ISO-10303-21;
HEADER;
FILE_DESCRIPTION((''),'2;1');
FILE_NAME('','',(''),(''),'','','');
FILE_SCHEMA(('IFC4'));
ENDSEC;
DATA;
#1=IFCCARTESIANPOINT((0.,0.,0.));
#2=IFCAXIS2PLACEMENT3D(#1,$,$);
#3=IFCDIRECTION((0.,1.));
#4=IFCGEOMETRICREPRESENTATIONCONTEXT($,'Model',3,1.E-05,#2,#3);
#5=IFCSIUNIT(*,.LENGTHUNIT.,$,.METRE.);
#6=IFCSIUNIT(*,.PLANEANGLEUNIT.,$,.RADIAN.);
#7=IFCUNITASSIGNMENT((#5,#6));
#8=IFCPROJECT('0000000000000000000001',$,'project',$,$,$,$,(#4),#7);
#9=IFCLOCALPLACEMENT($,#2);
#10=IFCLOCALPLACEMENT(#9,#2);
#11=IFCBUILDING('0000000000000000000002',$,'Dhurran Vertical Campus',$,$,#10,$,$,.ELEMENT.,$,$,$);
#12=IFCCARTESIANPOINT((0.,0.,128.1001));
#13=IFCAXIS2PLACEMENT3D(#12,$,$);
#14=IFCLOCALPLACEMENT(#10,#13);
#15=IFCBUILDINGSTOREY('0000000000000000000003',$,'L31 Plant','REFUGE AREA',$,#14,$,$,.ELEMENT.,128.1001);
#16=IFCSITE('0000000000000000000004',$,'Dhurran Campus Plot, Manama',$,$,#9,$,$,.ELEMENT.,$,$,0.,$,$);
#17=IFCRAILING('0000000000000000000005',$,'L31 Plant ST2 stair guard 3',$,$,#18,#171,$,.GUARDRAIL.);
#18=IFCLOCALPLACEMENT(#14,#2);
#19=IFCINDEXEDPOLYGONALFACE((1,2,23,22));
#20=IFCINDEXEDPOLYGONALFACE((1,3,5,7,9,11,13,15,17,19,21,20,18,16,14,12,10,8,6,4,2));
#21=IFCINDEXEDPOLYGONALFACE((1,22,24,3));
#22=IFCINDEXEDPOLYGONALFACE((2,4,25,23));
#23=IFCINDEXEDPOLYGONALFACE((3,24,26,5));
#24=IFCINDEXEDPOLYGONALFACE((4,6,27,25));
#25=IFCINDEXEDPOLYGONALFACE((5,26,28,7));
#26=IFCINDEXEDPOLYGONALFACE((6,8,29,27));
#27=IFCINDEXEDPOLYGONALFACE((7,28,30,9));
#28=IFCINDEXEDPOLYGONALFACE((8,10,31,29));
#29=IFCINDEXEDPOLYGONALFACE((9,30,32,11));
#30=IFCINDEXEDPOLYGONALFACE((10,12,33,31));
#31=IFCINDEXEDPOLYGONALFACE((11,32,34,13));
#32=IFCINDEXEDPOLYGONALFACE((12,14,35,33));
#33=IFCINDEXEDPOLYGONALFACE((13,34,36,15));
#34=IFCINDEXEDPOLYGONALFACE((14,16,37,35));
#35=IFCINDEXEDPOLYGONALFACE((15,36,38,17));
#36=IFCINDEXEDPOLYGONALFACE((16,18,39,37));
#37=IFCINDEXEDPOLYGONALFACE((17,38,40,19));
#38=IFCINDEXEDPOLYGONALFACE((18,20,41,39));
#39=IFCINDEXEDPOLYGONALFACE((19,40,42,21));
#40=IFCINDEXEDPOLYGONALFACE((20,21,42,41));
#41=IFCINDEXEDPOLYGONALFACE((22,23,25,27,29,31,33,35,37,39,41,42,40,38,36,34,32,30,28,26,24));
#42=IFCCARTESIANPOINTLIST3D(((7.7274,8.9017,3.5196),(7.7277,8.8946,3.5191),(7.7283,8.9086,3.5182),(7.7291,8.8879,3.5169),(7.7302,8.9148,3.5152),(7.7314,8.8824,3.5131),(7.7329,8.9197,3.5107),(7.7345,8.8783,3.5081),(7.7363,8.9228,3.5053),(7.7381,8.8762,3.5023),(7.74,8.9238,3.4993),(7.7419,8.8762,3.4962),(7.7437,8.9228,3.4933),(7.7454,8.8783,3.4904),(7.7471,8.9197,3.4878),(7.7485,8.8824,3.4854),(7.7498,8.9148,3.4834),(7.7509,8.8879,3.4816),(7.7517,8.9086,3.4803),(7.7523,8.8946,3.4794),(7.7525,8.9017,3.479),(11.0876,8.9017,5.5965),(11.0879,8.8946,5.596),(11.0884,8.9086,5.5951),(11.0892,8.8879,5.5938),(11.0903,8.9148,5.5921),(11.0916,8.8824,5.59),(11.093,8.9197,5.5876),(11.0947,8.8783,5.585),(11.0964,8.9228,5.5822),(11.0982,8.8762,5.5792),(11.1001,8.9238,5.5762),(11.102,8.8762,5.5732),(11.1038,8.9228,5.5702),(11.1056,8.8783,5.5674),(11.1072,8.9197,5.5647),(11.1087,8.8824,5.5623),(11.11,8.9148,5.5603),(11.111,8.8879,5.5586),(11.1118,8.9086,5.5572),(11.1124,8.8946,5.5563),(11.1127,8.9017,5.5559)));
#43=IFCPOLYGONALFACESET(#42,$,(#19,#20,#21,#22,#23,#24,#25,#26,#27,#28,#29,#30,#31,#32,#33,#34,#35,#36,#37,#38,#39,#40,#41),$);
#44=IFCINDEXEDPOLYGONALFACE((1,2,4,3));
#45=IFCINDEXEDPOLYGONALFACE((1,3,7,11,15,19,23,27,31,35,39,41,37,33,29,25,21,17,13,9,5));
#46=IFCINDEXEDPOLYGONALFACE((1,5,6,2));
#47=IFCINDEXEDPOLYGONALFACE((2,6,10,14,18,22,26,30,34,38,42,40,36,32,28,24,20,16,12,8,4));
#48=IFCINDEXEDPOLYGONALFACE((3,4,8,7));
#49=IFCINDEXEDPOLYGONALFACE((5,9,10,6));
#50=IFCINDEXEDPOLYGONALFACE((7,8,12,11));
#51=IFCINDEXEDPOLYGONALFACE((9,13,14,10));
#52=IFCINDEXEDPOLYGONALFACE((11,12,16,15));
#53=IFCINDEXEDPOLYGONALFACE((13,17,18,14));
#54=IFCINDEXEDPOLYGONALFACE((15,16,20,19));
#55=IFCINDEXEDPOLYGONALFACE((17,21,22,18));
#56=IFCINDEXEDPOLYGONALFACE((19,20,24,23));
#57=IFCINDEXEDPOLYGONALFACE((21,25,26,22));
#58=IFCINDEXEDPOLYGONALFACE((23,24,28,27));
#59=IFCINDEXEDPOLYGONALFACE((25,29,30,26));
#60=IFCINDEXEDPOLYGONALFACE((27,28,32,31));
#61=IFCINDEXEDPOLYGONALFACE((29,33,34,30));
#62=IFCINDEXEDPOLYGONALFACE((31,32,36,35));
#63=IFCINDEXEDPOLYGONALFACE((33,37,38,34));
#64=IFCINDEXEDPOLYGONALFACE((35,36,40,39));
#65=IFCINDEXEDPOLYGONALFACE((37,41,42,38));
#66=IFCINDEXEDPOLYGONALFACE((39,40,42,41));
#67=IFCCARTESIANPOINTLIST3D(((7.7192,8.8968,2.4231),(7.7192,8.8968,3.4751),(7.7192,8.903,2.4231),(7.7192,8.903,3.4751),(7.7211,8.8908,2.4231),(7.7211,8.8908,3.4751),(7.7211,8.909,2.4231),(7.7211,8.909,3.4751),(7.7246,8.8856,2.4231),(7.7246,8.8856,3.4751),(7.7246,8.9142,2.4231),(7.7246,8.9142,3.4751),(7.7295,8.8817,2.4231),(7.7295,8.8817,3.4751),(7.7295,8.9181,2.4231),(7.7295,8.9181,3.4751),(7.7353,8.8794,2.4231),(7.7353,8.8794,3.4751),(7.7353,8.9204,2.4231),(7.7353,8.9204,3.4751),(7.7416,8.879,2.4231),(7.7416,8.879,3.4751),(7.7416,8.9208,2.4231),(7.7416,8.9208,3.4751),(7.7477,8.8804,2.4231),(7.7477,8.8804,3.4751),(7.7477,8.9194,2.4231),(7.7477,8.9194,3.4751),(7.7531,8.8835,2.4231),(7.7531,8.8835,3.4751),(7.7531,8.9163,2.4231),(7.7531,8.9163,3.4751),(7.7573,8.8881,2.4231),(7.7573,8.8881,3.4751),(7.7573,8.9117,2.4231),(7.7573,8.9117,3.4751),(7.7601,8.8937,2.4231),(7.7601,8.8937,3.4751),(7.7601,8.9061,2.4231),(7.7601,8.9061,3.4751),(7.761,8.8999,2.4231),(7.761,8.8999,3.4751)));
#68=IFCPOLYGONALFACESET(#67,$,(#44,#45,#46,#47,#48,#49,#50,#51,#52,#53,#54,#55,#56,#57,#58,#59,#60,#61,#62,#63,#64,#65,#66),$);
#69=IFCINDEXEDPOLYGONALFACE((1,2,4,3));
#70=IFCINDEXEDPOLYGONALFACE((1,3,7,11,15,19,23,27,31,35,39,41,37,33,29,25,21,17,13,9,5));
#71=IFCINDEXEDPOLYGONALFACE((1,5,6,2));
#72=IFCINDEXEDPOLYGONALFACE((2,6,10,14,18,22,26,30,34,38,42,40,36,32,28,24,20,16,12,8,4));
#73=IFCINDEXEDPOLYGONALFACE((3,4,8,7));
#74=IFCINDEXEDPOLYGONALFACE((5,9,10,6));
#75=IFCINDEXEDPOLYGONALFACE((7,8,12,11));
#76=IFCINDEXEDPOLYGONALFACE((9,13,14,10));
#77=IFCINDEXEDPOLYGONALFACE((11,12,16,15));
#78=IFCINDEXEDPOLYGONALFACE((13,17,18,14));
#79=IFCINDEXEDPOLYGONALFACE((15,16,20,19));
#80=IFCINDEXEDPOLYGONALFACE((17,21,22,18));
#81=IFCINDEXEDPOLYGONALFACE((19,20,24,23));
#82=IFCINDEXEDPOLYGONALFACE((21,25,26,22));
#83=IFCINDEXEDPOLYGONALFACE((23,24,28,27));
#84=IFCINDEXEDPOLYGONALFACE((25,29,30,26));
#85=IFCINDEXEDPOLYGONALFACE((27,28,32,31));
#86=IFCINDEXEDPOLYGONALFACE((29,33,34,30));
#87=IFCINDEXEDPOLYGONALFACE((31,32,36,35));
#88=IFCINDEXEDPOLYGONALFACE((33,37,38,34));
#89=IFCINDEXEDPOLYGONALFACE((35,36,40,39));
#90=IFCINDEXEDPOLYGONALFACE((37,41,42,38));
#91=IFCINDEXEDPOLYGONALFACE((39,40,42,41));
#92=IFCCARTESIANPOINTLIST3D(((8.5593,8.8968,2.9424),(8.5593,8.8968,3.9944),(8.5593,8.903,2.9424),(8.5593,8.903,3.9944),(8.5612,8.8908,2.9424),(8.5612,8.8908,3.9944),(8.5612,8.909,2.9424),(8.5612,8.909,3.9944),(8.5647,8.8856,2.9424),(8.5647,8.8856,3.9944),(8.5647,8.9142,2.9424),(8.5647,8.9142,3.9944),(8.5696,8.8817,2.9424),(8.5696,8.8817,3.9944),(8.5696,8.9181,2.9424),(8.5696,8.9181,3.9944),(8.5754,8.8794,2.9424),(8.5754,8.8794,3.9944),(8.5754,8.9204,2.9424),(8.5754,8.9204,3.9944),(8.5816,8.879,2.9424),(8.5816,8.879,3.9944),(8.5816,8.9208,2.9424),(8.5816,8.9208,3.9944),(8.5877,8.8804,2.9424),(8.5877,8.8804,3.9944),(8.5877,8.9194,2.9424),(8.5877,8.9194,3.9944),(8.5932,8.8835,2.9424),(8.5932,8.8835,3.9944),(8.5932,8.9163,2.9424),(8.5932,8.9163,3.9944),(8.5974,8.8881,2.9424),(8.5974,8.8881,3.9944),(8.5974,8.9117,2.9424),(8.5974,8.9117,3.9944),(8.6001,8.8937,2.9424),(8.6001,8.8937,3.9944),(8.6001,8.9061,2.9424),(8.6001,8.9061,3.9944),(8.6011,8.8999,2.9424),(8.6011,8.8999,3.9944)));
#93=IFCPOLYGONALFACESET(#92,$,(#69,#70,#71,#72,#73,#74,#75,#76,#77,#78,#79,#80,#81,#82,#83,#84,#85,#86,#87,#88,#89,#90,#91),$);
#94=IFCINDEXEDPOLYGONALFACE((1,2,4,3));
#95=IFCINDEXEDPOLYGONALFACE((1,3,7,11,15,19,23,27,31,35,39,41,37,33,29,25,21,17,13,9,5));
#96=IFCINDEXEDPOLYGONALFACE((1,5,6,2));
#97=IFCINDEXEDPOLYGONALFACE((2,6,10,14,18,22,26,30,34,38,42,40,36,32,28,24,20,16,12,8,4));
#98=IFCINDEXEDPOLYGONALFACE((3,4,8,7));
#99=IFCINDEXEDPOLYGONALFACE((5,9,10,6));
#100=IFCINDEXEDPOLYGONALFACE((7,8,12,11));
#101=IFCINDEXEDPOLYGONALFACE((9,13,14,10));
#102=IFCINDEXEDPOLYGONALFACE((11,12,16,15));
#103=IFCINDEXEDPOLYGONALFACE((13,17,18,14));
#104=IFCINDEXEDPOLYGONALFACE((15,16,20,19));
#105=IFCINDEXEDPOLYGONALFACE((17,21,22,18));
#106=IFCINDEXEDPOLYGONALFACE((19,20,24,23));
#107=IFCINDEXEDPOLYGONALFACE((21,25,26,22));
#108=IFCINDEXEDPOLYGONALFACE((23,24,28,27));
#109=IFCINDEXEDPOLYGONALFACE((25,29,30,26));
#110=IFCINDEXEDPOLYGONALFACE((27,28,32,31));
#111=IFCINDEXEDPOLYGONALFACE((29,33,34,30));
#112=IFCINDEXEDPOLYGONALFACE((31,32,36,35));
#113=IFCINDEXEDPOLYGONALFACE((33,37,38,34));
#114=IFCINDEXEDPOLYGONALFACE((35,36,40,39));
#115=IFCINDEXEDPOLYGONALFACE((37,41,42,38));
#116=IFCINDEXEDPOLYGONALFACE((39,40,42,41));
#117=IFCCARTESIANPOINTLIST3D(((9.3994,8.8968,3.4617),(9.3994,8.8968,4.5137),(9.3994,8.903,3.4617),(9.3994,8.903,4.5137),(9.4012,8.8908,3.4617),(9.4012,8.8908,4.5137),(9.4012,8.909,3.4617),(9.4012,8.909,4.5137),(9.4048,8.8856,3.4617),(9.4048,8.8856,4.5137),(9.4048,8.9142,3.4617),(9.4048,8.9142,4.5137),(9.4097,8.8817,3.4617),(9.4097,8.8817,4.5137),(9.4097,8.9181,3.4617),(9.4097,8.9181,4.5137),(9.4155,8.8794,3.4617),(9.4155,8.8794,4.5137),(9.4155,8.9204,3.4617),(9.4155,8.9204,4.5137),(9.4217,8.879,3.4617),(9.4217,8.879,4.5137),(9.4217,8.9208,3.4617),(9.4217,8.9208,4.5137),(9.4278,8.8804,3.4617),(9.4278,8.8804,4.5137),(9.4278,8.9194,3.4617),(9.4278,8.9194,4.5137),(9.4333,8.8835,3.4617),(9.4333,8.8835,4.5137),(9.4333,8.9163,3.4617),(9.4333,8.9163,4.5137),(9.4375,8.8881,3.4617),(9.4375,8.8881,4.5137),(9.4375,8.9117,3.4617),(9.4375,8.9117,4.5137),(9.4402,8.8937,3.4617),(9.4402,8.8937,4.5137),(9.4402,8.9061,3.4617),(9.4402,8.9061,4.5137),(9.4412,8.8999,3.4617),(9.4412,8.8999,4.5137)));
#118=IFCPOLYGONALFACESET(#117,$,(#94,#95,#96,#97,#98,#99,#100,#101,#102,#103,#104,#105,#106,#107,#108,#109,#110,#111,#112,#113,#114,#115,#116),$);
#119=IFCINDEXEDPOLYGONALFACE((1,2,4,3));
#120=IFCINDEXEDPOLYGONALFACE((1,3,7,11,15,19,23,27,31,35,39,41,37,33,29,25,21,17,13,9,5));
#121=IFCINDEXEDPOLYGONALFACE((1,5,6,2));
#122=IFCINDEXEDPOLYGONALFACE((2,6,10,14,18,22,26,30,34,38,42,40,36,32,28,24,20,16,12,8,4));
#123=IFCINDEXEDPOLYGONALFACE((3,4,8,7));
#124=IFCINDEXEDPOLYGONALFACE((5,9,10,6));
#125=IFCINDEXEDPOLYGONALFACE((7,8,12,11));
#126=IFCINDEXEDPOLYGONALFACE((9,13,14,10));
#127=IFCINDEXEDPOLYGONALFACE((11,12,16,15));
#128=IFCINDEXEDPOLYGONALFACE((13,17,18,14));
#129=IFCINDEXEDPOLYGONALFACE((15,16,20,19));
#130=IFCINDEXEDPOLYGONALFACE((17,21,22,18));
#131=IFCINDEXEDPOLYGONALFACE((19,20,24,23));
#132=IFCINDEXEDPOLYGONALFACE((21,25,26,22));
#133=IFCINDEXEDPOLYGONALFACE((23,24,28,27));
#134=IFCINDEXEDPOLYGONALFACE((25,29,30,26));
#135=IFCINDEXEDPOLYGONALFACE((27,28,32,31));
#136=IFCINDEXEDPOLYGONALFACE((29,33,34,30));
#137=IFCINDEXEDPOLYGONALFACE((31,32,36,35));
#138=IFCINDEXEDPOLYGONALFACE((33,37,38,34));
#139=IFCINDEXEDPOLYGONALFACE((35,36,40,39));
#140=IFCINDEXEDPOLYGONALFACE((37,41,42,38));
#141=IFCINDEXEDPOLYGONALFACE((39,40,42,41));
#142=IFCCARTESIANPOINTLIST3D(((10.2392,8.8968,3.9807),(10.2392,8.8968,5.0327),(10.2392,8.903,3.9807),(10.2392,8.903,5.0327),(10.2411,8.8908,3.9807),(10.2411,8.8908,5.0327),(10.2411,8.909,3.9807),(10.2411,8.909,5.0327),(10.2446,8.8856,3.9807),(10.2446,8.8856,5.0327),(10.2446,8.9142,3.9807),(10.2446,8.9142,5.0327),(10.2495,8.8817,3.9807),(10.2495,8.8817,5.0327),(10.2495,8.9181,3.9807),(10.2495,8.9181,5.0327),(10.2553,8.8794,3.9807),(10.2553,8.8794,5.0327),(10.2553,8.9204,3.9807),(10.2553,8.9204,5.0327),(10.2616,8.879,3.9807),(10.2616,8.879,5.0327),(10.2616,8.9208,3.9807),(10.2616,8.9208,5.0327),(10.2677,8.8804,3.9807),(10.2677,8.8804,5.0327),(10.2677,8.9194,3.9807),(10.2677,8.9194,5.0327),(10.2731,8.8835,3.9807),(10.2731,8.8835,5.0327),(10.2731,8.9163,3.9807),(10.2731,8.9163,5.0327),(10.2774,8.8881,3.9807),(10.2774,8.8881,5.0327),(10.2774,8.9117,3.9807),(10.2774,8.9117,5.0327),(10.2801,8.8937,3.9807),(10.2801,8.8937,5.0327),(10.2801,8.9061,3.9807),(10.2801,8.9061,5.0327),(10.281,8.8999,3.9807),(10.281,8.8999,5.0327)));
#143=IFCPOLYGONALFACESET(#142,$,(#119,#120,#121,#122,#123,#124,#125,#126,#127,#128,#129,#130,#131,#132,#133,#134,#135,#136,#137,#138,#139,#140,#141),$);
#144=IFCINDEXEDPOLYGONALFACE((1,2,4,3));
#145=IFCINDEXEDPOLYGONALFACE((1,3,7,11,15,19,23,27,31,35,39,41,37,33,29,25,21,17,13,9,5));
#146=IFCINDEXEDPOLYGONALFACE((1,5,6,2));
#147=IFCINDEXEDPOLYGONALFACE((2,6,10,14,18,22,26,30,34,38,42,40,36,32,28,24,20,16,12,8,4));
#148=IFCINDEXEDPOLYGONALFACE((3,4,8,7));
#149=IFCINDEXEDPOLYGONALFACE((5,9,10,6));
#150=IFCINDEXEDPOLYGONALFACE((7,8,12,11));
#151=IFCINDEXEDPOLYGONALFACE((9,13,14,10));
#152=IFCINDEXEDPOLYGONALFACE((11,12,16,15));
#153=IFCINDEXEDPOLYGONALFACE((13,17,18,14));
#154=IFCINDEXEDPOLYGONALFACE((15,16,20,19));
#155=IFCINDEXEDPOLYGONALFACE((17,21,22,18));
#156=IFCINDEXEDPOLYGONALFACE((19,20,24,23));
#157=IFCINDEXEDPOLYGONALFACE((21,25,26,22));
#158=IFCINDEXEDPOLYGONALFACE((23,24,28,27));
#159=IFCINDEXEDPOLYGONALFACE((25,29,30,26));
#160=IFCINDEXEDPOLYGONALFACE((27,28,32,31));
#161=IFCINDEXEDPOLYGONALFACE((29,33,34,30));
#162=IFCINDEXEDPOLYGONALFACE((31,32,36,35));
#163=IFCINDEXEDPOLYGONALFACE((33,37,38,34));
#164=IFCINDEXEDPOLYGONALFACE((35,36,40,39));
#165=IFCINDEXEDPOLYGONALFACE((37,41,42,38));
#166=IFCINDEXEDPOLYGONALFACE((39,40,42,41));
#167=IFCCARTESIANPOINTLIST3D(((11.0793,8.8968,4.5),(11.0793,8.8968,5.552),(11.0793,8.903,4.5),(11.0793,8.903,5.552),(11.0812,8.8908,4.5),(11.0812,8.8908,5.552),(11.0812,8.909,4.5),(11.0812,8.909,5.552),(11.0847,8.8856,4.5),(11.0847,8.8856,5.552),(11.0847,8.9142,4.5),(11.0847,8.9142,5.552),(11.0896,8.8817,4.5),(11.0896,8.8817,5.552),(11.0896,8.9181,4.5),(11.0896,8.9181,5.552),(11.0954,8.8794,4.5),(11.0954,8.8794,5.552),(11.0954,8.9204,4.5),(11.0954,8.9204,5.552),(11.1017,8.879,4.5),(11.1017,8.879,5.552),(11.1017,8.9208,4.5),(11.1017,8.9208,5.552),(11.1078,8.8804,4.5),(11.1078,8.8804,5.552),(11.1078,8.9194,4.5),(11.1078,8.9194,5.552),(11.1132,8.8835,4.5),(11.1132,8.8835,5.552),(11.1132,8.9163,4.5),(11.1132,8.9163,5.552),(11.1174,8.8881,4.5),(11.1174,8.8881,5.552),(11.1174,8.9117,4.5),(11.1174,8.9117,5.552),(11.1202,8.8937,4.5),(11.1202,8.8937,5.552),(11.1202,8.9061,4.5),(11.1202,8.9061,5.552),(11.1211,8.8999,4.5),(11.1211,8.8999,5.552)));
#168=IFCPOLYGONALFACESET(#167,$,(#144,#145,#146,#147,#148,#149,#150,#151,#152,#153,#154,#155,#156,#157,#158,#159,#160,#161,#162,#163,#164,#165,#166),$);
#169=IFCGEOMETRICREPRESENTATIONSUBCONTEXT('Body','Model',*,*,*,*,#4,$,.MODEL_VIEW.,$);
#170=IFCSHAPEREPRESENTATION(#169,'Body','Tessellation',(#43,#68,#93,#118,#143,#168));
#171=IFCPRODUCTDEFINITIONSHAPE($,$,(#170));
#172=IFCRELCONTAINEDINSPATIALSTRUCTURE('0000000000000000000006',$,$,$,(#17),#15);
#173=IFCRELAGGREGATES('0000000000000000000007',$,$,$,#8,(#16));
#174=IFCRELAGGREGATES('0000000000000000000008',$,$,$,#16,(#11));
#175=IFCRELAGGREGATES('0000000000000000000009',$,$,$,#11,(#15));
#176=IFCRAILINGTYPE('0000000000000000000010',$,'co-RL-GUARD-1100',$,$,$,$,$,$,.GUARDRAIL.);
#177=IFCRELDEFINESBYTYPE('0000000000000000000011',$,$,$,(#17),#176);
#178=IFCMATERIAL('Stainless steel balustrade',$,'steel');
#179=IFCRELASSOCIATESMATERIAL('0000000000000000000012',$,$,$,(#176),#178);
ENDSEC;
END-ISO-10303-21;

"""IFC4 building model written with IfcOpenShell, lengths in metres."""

from ifc_helpers import new_model, si_unit, direction, frame, origin, origin_2d, place, context, subcontext, project, spatial, circle, extrude, material, type_object, element, save


model = new_model("IFC4")

# Units and contexts
model_context = context("Model", 3, precision=1e-05, world=origin(), true_north=direction((0.0, 1.0)))
body_context = subcontext(model_context, "Body", "Model", "MODEL_VIEW")
ifc_project = project(units=[si_unit("LENGTHUNIT", "METRE"), si_unit("PLANEANGLEUNIT", "RADIAN")], contexts=[model_context])

# Site, building, storey
site_placement = place(None, origin())
site = spatial("IfcSite", under=ifc_project, at=site_placement, Name="Dhurran Campus Plot, Manama", CompositionType="ELEMENT", RefElevation=0.0)
building_placement = place(site_placement, origin())
building = spatial("IfcBuilding", under=site, at=building_placement, Name="Dhurran Vertical Campus", CompositionType="ELEMENT")
storey_placement = place(building_placement, frame((0.0, 0.0, 128.1001)))
storey = spatial("IfcBuildingStorey", under=building, at=storey_placement, Name="L31 Plant", Description="REFUGE AREA", CompositionType="ELEMENT", Elevation=128.1001)

# Railing
ifc_material_1 = material(Name="Stainless steel balustrade", Category="steel")
railing_type_1 = type_object("IfcRailingType", Name="co-RL-GUARD-1100", PredefinedType="GUARDRAIL", material=ifc_material_1)
railing_1_placement = place(storey_placement, frame((7.74, 8.8999, 2.4231)))
element("IfcRailing", 1, at=railing_1_placement, inside=storey, type_object=railing_type_1, Name="L31 Plant ST2 stair guard 3", PredefinedType="GUARDRAIL", context=body_context, shape_type="SweptSolid", body=[
    extrude(circle(Radius=0.0239, at=origin_2d()), frame((0.0, 0.0, 1.0762), z_axis=(0.850623, 0.0, 0.525776), x_axis=(0.0, 1.0, 0.0)), (0.0, 0.0, 1.0), 3.9502),
    extrude(circle(Radius=0.021, at=origin_2d()), origin(), (0.0, 0.0, 1.0), 1.052),
    extrude(circle(Radius=0.021, at=origin_2d()), frame((0.8401, 0.0, 0.5193)), (0.0, 0.0, 1.0), 1.052),
    extrude(circle(Radius=0.021, at=origin_2d()), frame((1.6802, 0.0, 1.0386)), (0.0, 0.0, 1.0), 1.052),
    extrude(circle(Radius=0.021, at=origin_2d()), frame((2.52, 0.0, 1.5576)), (0.0, 0.0, 1.0), 1.052),
    extrude(circle(Radius=0.021, at=origin_2d()), frame((3.3601, 0.0, 2.0769)), (0.0, 0.0, 1.0), 1.052),
])

save(model, "model.ifc")
